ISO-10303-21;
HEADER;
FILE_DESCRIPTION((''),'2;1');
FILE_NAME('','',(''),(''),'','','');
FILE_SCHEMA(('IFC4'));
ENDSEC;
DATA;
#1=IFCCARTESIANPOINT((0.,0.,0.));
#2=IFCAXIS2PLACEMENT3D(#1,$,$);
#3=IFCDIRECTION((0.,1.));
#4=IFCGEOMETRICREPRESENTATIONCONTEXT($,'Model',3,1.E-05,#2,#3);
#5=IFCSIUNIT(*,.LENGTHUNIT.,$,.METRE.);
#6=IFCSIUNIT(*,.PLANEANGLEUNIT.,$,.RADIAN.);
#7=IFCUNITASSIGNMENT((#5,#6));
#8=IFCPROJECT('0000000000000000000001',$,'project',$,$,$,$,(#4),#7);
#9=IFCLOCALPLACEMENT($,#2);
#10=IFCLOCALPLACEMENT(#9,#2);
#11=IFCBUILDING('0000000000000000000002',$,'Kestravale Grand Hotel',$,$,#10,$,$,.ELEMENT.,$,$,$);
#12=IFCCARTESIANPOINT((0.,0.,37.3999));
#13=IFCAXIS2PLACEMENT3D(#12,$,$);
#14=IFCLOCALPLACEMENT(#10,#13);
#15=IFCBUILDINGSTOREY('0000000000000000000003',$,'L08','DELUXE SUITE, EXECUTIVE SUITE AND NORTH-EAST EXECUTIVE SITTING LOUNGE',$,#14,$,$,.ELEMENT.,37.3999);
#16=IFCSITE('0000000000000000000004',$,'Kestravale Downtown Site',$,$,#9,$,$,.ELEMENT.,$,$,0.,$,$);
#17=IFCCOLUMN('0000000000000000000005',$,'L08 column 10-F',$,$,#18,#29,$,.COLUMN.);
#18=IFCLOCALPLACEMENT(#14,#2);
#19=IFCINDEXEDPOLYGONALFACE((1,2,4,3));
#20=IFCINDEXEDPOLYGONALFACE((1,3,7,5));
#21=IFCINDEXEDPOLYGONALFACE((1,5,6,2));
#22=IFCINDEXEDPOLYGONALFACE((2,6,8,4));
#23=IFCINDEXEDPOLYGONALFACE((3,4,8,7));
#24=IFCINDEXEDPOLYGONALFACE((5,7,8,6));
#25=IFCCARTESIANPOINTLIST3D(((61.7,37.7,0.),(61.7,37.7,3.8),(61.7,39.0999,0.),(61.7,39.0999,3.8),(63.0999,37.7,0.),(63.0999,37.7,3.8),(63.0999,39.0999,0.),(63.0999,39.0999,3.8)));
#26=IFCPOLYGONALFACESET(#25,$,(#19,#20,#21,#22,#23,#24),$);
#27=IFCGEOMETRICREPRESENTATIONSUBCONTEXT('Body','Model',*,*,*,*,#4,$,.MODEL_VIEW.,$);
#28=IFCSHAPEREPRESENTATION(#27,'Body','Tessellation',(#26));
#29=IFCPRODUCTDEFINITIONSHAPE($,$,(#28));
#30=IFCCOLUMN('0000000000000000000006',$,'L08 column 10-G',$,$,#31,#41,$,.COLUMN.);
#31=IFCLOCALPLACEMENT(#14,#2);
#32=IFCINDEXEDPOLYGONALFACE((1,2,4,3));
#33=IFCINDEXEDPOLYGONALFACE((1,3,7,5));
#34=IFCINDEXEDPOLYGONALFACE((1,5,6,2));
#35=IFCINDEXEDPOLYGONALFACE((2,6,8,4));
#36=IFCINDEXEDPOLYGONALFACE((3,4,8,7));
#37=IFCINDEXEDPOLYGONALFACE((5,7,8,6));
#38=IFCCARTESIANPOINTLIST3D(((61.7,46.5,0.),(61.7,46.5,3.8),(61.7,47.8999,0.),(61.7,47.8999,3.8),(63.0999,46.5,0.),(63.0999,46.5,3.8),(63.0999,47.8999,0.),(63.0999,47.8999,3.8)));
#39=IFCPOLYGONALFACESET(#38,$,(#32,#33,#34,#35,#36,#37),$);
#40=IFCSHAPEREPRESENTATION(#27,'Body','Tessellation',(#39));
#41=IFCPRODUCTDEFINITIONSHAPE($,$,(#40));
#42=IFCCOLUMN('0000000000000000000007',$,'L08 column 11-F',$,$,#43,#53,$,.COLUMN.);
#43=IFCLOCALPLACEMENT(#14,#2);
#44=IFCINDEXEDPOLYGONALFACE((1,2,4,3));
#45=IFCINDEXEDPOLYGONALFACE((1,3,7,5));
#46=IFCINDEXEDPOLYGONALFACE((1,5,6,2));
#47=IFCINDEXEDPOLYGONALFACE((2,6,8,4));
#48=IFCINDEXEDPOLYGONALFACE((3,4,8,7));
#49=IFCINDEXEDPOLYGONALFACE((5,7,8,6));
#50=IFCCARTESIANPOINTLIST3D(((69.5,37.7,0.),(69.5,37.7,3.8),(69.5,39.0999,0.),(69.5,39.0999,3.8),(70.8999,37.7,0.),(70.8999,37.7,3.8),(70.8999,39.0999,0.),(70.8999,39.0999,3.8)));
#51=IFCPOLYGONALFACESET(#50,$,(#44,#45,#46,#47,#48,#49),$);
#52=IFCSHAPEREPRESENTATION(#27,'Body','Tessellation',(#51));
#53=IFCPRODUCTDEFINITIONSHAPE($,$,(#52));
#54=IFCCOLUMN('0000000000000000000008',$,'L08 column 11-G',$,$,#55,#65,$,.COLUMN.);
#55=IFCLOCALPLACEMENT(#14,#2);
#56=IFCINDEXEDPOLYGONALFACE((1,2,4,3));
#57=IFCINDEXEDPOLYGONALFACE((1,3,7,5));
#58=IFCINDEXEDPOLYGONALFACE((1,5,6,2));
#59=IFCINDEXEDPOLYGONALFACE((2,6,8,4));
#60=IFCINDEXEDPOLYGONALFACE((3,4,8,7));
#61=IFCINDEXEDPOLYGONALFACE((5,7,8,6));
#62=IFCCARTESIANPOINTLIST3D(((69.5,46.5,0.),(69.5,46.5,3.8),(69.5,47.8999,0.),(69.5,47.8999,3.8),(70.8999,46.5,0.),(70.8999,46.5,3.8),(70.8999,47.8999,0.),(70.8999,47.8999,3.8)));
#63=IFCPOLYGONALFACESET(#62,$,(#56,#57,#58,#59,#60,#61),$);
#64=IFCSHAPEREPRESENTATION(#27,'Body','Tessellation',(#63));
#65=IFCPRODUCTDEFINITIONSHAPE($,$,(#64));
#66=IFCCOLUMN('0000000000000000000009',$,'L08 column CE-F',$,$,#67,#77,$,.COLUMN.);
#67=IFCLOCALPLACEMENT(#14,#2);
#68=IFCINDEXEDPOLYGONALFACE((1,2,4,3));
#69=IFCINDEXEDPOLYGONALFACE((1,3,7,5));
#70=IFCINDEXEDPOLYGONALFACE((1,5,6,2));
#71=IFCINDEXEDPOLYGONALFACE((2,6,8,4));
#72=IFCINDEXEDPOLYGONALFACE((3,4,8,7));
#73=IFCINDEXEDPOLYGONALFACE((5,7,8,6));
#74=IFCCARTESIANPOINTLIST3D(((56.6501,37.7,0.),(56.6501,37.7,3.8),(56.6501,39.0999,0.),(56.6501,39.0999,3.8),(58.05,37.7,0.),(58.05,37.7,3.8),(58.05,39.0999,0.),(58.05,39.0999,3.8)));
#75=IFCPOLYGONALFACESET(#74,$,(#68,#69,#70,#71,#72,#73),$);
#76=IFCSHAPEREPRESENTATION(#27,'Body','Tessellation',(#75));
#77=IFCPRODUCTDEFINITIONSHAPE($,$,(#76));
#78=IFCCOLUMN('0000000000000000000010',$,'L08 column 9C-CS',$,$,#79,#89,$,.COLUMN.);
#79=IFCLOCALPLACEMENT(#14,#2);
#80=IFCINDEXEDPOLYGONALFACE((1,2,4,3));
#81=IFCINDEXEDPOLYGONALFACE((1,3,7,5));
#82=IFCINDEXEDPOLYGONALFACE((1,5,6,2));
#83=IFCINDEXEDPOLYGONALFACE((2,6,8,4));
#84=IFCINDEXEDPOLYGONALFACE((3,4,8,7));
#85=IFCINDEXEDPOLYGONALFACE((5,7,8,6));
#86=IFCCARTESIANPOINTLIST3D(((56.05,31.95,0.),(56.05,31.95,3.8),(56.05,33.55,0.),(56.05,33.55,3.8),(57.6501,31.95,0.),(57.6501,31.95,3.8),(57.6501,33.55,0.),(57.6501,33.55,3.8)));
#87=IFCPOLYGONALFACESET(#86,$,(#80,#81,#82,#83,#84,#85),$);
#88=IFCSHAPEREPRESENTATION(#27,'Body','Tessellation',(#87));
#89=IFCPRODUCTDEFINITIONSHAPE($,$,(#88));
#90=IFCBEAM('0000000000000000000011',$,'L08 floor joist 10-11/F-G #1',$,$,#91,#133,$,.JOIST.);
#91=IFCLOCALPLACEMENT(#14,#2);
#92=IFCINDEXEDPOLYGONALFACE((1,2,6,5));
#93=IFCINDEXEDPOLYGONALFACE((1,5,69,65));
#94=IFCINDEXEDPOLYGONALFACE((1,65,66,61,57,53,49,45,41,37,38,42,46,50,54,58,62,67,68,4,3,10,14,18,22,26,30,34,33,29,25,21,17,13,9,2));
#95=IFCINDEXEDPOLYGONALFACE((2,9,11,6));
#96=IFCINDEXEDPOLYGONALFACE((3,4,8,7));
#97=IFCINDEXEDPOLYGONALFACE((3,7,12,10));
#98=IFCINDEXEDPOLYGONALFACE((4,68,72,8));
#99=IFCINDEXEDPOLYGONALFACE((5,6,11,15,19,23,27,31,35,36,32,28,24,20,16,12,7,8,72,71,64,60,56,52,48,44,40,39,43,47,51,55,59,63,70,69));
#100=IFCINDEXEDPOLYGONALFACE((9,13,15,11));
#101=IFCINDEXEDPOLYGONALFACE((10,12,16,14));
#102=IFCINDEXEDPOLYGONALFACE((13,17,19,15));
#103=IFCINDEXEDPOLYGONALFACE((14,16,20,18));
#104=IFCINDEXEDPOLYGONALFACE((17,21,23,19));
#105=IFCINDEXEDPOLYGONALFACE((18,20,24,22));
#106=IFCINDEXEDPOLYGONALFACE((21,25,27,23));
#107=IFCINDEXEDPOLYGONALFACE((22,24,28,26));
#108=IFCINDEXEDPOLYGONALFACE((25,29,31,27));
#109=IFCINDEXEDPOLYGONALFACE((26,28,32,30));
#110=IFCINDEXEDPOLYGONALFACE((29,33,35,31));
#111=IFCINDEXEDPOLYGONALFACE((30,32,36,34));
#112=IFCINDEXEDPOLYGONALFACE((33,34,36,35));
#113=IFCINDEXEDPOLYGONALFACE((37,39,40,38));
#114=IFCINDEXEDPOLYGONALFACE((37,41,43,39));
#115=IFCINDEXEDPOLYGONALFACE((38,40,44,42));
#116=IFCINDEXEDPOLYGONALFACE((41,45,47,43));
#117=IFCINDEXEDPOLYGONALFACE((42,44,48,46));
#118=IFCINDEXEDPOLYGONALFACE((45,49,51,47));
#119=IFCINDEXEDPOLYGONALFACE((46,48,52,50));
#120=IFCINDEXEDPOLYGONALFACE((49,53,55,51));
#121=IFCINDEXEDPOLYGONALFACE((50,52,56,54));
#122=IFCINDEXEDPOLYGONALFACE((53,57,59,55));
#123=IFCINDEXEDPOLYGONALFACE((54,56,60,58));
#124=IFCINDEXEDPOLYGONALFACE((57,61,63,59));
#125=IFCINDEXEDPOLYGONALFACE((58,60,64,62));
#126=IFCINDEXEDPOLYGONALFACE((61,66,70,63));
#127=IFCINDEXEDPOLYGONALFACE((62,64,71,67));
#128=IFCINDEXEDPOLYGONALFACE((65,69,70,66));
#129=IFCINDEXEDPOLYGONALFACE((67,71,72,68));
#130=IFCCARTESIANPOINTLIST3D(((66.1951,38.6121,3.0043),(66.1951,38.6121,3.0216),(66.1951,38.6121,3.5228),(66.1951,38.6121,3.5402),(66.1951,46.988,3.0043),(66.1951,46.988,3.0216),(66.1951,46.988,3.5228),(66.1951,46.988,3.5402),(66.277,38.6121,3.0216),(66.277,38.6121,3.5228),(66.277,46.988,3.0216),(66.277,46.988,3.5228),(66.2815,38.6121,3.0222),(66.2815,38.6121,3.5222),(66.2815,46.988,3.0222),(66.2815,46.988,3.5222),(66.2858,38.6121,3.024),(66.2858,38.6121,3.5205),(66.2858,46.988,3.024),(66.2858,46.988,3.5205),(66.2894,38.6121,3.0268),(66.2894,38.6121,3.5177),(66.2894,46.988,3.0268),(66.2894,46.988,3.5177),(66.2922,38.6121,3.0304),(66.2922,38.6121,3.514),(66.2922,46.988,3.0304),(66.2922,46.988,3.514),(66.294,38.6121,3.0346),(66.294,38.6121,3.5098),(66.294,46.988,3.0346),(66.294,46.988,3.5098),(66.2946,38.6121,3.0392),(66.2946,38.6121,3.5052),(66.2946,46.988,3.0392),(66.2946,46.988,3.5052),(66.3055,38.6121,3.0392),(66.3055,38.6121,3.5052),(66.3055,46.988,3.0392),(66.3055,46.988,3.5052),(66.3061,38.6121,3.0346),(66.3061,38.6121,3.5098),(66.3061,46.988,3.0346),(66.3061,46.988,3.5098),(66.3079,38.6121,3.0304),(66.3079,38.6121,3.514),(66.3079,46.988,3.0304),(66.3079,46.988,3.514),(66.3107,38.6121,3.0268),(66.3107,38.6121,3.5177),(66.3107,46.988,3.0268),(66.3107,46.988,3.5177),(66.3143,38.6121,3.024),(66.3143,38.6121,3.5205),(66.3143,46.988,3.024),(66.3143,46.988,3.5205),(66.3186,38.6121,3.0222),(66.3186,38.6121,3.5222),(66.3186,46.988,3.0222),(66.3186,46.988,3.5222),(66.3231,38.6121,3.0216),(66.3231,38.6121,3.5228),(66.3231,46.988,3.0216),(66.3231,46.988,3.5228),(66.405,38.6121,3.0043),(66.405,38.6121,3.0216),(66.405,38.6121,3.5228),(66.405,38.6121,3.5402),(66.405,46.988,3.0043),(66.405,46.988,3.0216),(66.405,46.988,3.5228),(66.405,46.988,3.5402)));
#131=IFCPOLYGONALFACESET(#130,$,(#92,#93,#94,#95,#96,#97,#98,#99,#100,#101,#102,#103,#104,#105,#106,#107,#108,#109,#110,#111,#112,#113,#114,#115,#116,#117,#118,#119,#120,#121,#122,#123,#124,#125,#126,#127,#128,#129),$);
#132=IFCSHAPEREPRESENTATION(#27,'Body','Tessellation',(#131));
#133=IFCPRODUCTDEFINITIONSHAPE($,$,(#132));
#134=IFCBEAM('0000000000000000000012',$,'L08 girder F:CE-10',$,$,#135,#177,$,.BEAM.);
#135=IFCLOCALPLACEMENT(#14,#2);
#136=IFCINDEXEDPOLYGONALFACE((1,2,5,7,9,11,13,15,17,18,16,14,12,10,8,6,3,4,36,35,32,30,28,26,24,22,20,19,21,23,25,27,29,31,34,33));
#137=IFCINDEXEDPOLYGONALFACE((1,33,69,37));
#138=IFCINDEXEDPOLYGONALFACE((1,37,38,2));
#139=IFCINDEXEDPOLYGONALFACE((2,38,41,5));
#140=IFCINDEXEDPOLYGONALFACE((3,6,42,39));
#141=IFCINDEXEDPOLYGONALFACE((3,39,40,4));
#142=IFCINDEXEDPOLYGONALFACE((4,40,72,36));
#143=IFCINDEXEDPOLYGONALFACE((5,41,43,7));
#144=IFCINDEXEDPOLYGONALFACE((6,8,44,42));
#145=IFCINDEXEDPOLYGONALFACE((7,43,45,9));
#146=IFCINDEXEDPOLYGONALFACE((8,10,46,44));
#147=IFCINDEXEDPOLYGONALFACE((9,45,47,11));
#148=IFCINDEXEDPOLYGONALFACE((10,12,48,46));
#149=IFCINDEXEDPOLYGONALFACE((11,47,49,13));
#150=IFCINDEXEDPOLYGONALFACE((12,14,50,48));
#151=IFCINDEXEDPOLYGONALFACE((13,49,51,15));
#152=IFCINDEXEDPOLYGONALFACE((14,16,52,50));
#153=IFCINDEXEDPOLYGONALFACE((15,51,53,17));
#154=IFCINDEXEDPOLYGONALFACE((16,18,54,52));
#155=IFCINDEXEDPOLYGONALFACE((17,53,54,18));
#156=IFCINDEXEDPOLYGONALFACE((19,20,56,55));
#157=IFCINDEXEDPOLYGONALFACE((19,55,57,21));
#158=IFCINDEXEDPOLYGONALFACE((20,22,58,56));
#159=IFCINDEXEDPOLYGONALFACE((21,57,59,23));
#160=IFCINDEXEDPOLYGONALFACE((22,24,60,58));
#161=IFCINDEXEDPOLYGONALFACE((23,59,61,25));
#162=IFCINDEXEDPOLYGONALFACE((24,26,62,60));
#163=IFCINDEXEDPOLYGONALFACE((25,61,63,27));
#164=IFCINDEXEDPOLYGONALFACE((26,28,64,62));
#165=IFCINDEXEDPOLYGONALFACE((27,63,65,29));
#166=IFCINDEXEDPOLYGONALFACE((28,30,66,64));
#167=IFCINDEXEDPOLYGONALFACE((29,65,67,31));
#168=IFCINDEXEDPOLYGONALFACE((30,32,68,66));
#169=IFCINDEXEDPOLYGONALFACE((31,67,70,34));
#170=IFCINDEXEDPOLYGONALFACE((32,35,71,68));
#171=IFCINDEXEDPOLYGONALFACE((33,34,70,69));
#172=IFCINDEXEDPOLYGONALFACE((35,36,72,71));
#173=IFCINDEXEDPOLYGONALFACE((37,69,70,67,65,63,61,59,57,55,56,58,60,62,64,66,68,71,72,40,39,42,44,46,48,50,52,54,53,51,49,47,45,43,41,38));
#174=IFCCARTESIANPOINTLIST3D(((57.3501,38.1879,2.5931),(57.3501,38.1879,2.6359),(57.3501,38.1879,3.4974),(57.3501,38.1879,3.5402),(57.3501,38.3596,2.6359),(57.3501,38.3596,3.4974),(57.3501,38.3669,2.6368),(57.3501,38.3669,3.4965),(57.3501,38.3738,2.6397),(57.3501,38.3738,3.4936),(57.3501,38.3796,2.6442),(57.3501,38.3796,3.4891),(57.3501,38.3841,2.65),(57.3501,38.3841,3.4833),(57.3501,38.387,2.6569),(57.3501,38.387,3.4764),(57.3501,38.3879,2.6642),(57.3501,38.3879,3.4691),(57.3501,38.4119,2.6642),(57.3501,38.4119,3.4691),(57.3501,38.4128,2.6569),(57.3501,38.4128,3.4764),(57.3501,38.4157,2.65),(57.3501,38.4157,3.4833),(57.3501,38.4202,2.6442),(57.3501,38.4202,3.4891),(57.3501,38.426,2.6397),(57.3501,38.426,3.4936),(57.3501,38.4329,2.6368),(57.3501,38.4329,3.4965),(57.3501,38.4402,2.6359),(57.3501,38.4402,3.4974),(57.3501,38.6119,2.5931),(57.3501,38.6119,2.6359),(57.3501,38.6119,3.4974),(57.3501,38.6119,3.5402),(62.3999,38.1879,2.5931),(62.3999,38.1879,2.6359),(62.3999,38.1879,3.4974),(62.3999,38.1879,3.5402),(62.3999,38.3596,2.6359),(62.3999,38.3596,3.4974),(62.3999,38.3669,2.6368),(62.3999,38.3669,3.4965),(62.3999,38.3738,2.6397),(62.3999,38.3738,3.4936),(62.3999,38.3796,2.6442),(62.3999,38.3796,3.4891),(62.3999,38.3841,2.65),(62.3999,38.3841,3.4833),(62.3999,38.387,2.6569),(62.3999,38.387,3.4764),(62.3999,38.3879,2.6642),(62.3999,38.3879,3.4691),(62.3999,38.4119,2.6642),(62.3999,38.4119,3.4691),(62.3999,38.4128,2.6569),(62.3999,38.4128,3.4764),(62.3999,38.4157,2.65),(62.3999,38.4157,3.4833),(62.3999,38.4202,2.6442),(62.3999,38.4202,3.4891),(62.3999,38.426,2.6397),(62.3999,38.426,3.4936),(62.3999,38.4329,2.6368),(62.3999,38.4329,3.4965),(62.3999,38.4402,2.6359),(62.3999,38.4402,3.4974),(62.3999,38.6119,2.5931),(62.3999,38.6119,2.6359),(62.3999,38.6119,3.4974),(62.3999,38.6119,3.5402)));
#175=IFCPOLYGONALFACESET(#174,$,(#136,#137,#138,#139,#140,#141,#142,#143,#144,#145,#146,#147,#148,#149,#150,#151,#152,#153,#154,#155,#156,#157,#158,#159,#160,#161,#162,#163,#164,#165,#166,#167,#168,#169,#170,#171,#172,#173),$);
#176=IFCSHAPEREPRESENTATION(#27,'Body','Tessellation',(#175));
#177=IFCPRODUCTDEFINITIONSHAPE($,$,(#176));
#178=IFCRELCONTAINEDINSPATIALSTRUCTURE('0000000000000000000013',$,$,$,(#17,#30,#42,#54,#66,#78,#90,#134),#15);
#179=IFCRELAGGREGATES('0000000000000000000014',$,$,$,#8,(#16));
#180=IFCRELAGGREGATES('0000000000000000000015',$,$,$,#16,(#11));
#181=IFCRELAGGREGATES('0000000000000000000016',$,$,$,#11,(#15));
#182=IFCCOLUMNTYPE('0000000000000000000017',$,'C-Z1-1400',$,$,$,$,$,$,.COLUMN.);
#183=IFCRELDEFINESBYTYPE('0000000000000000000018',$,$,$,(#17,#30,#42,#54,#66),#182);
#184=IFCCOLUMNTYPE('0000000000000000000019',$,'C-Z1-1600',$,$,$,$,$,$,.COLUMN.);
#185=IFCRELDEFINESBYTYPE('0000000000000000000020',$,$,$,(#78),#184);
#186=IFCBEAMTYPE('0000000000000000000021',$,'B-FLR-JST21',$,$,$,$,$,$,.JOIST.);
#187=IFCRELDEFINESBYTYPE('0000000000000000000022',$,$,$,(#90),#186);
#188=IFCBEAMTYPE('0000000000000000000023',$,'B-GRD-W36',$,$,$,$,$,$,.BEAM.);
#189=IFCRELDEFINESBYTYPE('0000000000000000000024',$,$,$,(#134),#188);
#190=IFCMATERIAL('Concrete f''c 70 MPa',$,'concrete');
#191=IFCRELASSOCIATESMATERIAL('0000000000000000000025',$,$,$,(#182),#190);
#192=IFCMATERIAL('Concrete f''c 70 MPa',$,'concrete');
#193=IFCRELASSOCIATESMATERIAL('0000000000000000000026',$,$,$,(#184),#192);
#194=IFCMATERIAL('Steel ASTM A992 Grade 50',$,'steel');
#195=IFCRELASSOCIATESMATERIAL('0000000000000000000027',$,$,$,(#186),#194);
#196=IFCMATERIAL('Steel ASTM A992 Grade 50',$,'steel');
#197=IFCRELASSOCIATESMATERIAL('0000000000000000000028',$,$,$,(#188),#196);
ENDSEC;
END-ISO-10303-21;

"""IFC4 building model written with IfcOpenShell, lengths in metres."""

from ifc_helpers import new_model, si_unit, direction, frame, origin, origin_2d, place, context, subcontext, project, spatial, rectangle, i_section, extrude, material, material_profile, profile_set, type_object, element, save


model = new_model("IFC4")

# Units and contexts
model_context = context("Model", 3, precision=1e-05, world=origin(), true_north=direction((0.0, 1.0)))
body_context = subcontext(model_context, "Body", "Model", "MODEL_VIEW")
ifc_project = project(units=[si_unit("LENGTHUNIT", "METRE"), si_unit("PLANEANGLEUNIT", "RADIAN")], contexts=[model_context])

# Site, building, storey
site_placement = place(None, origin())
site = spatial("IfcSite", under=ifc_project, at=site_placement, Name="Kestravale Downtown Site", CompositionType="ELEMENT", RefElevation=0.0)
building_placement = place(site_placement, origin())
building = spatial("IfcBuilding", under=site, at=building_placement, Name="Kestravale Grand Hotel", CompositionType="ELEMENT")
storey_placement = place(building_placement, frame((0.0, 0.0, 37.3999)))
storey = spatial("IfcBuildingStorey", under=building, at=storey_placement, Name="L08", Description="DELUXE SUITE, EXECUTIVE SUITE AND NORTH-EAST EXECUTIVE SITTING LOUNGE", CompositionType="ELEMENT", Elevation=37.3999)

# Columns
ifc_material_1 = material(Name="Concrete f'c 70 MPa", Category="concrete")
ifc_material_profile_1 = material_profile(ifc_material_1, rectangle(XDim=1.3999, YDim=1.3999, at=origin_2d()))
ifc_profile_set_1 = profile_set([ifc_material_profile_1], Name="Concrete f'c 70 MPa")
column_type_1 = type_object("IfcColumnType", Name="C-Z1-1400", PredefinedType="COLUMN", material=ifc_profile_set_1)
for number, where, z_axis, x_axis, name in (
    (1, (62.3999, 38.3999, 0.0), (0.0, 0.0, 1.0), (1.0, 0.0, 0.0), "L08 column 10-F"),
    (2, (62.3999, 47.2, 0.0), (0.0, 0.0, 1.0), (1.0, 0.0, 0.0), "L08 column 10-G"),
    (3, (70.2, 38.3999, 0.0), (0.0, 0.0, 1.0), (1.0, 0.0, 0.0), "L08 column 11-F"),
    (4, (70.2, 47.2, 0.0), (0.0, 0.0, 1.0), (1.0, 0.0, 0.0), "L08 column 11-G"),
    (5, (57.3501, 38.3999, 0.0), (0.0, 0.0, 1.0), (1.0, 0.0, 0.0), "L08 column CE-F"),
):
    element("IfcColumn", number, at=place(storey_placement, frame(where, z_axis=z_axis, x_axis=x_axis)), inside=storey, type_object=column_type_1, Name=name, PredefinedType="COLUMN", context=body_context, shape_type="SweptSolid", body=[
        extrude(rectangle(XDim=1.3999, YDim=1.3999, at=origin_2d()), origin(), (0.0, 0.0, 1.0), 3.8),
    ])
ifc_material_2 = material(Name="Concrete f'c 70 MPa", Category="concrete")
ifc_material_profile_2 = material_profile(ifc_material_2, rectangle(XDim=1.6001, YDim=1.6001, at=origin_2d()))
ifc_profile_set_2 = profile_set([ifc_material_profile_2], Name="Concrete f'c 70 MPa")
column_type_2 = type_object("IfcColumnType", Name="C-Z1-1600", PredefinedType="COLUMN", material=ifc_profile_set_2)
column_placement = place(storey_placement, frame((56.8501, 32.75, 0.0), z_axis=(0.0, 0.0, 1.0), x_axis=(1.0, 0.0, 0.0)))
element("IfcColumn", 6, at=column_placement, inside=storey, type_object=column_type_2, Name="L08 column 9C-CS", PredefinedType="COLUMN", context=body_context, shape_type="SweptSolid", body=[
    extrude(rectangle(XDim=1.6001, YDim=1.6001, at=origin_2d()), origin(), (0.0, 0.0, 1.0), 3.8),
])

# Beams
ifc_material_3 = material(Name="Steel ASTM A992 Grade 50", Category="steel")
ifc_material_profile_3 = material_profile(ifc_material_3, i_section(OverallWidth=0.21, OverallDepth=0.5359, WebThickness=0.011, FlangeThickness=0.0173, FilletRadius=0.0176, at=origin_2d()))
ifc_profile_set_3 = profile_set([ifc_material_profile_3], Name="Steel ASTM A992 Grade 50")
beam_type_1 = type_object("IfcBeamType", Name="B-FLR-JST21", PredefinedType="JOIST", material=ifc_profile_set_3)
beam_1_placement = place(storey_placement, frame((66.3, 38.6121, 3.2722), z_axis=(0.0, 1.0, 0.0), x_axis=(-1.0, 0.0, 0.0)))
element("IfcBeam", 7, at=beam_1_placement, inside=storey, type_object=beam_type_1, Name="L08 floor joist 10-11/F-G #1", PredefinedType="JOIST", context=body_context, shape_type="SweptSolid", body=[
    extrude(i_section(OverallWidth=0.21, OverallDepth=0.5359, WebThickness=0.011, FlangeThickness=0.0173, FilletRadius=0.0176, at=origin_2d()), origin(), (0.0, 0.0, 1.0), 8.376),
])
ifc_material_4 = material(Name="Steel ASTM A992 Grade 50", Category="steel")
ifc_material_profile_4 = material_profile(ifc_material_4, i_section(OverallWidth=0.4241, OverallDepth=0.947, WebThickness=0.0239, FlangeThickness=0.0427, FilletRadius=0.0283, at=origin_2d()))
ifc_profile_set_4 = profile_set([ifc_material_profile_4], Name="Steel ASTM A992 Grade 50")
beam_type_2 = type_object("IfcBeamType", Name="B-GRD-W36", PredefinedType="BEAM", material=ifc_profile_set_4)
beam_2_placement = place(storey_placement, frame((57.3501, 38.3999, 3.0667), z_axis=(1.0, 0.0, 0.0), x_axis=(0.0, 1.0, 0.0)))
element("IfcBeam", 8, at=beam_2_placement, inside=storey, type_object=beam_type_2, Name="L08 girder F:CE-10", PredefinedType="BEAM", context=body_context, shape_type="SweptSolid", body=[
    extrude(i_section(OverallWidth=0.4241, OverallDepth=0.947, WebThickness=0.0239, FlangeThickness=0.0427, FilletRadius=0.0283, at=origin_2d()), origin(), (0.0, 0.0, 1.0), 5.0498),
])

save(model, "model.ifc")
